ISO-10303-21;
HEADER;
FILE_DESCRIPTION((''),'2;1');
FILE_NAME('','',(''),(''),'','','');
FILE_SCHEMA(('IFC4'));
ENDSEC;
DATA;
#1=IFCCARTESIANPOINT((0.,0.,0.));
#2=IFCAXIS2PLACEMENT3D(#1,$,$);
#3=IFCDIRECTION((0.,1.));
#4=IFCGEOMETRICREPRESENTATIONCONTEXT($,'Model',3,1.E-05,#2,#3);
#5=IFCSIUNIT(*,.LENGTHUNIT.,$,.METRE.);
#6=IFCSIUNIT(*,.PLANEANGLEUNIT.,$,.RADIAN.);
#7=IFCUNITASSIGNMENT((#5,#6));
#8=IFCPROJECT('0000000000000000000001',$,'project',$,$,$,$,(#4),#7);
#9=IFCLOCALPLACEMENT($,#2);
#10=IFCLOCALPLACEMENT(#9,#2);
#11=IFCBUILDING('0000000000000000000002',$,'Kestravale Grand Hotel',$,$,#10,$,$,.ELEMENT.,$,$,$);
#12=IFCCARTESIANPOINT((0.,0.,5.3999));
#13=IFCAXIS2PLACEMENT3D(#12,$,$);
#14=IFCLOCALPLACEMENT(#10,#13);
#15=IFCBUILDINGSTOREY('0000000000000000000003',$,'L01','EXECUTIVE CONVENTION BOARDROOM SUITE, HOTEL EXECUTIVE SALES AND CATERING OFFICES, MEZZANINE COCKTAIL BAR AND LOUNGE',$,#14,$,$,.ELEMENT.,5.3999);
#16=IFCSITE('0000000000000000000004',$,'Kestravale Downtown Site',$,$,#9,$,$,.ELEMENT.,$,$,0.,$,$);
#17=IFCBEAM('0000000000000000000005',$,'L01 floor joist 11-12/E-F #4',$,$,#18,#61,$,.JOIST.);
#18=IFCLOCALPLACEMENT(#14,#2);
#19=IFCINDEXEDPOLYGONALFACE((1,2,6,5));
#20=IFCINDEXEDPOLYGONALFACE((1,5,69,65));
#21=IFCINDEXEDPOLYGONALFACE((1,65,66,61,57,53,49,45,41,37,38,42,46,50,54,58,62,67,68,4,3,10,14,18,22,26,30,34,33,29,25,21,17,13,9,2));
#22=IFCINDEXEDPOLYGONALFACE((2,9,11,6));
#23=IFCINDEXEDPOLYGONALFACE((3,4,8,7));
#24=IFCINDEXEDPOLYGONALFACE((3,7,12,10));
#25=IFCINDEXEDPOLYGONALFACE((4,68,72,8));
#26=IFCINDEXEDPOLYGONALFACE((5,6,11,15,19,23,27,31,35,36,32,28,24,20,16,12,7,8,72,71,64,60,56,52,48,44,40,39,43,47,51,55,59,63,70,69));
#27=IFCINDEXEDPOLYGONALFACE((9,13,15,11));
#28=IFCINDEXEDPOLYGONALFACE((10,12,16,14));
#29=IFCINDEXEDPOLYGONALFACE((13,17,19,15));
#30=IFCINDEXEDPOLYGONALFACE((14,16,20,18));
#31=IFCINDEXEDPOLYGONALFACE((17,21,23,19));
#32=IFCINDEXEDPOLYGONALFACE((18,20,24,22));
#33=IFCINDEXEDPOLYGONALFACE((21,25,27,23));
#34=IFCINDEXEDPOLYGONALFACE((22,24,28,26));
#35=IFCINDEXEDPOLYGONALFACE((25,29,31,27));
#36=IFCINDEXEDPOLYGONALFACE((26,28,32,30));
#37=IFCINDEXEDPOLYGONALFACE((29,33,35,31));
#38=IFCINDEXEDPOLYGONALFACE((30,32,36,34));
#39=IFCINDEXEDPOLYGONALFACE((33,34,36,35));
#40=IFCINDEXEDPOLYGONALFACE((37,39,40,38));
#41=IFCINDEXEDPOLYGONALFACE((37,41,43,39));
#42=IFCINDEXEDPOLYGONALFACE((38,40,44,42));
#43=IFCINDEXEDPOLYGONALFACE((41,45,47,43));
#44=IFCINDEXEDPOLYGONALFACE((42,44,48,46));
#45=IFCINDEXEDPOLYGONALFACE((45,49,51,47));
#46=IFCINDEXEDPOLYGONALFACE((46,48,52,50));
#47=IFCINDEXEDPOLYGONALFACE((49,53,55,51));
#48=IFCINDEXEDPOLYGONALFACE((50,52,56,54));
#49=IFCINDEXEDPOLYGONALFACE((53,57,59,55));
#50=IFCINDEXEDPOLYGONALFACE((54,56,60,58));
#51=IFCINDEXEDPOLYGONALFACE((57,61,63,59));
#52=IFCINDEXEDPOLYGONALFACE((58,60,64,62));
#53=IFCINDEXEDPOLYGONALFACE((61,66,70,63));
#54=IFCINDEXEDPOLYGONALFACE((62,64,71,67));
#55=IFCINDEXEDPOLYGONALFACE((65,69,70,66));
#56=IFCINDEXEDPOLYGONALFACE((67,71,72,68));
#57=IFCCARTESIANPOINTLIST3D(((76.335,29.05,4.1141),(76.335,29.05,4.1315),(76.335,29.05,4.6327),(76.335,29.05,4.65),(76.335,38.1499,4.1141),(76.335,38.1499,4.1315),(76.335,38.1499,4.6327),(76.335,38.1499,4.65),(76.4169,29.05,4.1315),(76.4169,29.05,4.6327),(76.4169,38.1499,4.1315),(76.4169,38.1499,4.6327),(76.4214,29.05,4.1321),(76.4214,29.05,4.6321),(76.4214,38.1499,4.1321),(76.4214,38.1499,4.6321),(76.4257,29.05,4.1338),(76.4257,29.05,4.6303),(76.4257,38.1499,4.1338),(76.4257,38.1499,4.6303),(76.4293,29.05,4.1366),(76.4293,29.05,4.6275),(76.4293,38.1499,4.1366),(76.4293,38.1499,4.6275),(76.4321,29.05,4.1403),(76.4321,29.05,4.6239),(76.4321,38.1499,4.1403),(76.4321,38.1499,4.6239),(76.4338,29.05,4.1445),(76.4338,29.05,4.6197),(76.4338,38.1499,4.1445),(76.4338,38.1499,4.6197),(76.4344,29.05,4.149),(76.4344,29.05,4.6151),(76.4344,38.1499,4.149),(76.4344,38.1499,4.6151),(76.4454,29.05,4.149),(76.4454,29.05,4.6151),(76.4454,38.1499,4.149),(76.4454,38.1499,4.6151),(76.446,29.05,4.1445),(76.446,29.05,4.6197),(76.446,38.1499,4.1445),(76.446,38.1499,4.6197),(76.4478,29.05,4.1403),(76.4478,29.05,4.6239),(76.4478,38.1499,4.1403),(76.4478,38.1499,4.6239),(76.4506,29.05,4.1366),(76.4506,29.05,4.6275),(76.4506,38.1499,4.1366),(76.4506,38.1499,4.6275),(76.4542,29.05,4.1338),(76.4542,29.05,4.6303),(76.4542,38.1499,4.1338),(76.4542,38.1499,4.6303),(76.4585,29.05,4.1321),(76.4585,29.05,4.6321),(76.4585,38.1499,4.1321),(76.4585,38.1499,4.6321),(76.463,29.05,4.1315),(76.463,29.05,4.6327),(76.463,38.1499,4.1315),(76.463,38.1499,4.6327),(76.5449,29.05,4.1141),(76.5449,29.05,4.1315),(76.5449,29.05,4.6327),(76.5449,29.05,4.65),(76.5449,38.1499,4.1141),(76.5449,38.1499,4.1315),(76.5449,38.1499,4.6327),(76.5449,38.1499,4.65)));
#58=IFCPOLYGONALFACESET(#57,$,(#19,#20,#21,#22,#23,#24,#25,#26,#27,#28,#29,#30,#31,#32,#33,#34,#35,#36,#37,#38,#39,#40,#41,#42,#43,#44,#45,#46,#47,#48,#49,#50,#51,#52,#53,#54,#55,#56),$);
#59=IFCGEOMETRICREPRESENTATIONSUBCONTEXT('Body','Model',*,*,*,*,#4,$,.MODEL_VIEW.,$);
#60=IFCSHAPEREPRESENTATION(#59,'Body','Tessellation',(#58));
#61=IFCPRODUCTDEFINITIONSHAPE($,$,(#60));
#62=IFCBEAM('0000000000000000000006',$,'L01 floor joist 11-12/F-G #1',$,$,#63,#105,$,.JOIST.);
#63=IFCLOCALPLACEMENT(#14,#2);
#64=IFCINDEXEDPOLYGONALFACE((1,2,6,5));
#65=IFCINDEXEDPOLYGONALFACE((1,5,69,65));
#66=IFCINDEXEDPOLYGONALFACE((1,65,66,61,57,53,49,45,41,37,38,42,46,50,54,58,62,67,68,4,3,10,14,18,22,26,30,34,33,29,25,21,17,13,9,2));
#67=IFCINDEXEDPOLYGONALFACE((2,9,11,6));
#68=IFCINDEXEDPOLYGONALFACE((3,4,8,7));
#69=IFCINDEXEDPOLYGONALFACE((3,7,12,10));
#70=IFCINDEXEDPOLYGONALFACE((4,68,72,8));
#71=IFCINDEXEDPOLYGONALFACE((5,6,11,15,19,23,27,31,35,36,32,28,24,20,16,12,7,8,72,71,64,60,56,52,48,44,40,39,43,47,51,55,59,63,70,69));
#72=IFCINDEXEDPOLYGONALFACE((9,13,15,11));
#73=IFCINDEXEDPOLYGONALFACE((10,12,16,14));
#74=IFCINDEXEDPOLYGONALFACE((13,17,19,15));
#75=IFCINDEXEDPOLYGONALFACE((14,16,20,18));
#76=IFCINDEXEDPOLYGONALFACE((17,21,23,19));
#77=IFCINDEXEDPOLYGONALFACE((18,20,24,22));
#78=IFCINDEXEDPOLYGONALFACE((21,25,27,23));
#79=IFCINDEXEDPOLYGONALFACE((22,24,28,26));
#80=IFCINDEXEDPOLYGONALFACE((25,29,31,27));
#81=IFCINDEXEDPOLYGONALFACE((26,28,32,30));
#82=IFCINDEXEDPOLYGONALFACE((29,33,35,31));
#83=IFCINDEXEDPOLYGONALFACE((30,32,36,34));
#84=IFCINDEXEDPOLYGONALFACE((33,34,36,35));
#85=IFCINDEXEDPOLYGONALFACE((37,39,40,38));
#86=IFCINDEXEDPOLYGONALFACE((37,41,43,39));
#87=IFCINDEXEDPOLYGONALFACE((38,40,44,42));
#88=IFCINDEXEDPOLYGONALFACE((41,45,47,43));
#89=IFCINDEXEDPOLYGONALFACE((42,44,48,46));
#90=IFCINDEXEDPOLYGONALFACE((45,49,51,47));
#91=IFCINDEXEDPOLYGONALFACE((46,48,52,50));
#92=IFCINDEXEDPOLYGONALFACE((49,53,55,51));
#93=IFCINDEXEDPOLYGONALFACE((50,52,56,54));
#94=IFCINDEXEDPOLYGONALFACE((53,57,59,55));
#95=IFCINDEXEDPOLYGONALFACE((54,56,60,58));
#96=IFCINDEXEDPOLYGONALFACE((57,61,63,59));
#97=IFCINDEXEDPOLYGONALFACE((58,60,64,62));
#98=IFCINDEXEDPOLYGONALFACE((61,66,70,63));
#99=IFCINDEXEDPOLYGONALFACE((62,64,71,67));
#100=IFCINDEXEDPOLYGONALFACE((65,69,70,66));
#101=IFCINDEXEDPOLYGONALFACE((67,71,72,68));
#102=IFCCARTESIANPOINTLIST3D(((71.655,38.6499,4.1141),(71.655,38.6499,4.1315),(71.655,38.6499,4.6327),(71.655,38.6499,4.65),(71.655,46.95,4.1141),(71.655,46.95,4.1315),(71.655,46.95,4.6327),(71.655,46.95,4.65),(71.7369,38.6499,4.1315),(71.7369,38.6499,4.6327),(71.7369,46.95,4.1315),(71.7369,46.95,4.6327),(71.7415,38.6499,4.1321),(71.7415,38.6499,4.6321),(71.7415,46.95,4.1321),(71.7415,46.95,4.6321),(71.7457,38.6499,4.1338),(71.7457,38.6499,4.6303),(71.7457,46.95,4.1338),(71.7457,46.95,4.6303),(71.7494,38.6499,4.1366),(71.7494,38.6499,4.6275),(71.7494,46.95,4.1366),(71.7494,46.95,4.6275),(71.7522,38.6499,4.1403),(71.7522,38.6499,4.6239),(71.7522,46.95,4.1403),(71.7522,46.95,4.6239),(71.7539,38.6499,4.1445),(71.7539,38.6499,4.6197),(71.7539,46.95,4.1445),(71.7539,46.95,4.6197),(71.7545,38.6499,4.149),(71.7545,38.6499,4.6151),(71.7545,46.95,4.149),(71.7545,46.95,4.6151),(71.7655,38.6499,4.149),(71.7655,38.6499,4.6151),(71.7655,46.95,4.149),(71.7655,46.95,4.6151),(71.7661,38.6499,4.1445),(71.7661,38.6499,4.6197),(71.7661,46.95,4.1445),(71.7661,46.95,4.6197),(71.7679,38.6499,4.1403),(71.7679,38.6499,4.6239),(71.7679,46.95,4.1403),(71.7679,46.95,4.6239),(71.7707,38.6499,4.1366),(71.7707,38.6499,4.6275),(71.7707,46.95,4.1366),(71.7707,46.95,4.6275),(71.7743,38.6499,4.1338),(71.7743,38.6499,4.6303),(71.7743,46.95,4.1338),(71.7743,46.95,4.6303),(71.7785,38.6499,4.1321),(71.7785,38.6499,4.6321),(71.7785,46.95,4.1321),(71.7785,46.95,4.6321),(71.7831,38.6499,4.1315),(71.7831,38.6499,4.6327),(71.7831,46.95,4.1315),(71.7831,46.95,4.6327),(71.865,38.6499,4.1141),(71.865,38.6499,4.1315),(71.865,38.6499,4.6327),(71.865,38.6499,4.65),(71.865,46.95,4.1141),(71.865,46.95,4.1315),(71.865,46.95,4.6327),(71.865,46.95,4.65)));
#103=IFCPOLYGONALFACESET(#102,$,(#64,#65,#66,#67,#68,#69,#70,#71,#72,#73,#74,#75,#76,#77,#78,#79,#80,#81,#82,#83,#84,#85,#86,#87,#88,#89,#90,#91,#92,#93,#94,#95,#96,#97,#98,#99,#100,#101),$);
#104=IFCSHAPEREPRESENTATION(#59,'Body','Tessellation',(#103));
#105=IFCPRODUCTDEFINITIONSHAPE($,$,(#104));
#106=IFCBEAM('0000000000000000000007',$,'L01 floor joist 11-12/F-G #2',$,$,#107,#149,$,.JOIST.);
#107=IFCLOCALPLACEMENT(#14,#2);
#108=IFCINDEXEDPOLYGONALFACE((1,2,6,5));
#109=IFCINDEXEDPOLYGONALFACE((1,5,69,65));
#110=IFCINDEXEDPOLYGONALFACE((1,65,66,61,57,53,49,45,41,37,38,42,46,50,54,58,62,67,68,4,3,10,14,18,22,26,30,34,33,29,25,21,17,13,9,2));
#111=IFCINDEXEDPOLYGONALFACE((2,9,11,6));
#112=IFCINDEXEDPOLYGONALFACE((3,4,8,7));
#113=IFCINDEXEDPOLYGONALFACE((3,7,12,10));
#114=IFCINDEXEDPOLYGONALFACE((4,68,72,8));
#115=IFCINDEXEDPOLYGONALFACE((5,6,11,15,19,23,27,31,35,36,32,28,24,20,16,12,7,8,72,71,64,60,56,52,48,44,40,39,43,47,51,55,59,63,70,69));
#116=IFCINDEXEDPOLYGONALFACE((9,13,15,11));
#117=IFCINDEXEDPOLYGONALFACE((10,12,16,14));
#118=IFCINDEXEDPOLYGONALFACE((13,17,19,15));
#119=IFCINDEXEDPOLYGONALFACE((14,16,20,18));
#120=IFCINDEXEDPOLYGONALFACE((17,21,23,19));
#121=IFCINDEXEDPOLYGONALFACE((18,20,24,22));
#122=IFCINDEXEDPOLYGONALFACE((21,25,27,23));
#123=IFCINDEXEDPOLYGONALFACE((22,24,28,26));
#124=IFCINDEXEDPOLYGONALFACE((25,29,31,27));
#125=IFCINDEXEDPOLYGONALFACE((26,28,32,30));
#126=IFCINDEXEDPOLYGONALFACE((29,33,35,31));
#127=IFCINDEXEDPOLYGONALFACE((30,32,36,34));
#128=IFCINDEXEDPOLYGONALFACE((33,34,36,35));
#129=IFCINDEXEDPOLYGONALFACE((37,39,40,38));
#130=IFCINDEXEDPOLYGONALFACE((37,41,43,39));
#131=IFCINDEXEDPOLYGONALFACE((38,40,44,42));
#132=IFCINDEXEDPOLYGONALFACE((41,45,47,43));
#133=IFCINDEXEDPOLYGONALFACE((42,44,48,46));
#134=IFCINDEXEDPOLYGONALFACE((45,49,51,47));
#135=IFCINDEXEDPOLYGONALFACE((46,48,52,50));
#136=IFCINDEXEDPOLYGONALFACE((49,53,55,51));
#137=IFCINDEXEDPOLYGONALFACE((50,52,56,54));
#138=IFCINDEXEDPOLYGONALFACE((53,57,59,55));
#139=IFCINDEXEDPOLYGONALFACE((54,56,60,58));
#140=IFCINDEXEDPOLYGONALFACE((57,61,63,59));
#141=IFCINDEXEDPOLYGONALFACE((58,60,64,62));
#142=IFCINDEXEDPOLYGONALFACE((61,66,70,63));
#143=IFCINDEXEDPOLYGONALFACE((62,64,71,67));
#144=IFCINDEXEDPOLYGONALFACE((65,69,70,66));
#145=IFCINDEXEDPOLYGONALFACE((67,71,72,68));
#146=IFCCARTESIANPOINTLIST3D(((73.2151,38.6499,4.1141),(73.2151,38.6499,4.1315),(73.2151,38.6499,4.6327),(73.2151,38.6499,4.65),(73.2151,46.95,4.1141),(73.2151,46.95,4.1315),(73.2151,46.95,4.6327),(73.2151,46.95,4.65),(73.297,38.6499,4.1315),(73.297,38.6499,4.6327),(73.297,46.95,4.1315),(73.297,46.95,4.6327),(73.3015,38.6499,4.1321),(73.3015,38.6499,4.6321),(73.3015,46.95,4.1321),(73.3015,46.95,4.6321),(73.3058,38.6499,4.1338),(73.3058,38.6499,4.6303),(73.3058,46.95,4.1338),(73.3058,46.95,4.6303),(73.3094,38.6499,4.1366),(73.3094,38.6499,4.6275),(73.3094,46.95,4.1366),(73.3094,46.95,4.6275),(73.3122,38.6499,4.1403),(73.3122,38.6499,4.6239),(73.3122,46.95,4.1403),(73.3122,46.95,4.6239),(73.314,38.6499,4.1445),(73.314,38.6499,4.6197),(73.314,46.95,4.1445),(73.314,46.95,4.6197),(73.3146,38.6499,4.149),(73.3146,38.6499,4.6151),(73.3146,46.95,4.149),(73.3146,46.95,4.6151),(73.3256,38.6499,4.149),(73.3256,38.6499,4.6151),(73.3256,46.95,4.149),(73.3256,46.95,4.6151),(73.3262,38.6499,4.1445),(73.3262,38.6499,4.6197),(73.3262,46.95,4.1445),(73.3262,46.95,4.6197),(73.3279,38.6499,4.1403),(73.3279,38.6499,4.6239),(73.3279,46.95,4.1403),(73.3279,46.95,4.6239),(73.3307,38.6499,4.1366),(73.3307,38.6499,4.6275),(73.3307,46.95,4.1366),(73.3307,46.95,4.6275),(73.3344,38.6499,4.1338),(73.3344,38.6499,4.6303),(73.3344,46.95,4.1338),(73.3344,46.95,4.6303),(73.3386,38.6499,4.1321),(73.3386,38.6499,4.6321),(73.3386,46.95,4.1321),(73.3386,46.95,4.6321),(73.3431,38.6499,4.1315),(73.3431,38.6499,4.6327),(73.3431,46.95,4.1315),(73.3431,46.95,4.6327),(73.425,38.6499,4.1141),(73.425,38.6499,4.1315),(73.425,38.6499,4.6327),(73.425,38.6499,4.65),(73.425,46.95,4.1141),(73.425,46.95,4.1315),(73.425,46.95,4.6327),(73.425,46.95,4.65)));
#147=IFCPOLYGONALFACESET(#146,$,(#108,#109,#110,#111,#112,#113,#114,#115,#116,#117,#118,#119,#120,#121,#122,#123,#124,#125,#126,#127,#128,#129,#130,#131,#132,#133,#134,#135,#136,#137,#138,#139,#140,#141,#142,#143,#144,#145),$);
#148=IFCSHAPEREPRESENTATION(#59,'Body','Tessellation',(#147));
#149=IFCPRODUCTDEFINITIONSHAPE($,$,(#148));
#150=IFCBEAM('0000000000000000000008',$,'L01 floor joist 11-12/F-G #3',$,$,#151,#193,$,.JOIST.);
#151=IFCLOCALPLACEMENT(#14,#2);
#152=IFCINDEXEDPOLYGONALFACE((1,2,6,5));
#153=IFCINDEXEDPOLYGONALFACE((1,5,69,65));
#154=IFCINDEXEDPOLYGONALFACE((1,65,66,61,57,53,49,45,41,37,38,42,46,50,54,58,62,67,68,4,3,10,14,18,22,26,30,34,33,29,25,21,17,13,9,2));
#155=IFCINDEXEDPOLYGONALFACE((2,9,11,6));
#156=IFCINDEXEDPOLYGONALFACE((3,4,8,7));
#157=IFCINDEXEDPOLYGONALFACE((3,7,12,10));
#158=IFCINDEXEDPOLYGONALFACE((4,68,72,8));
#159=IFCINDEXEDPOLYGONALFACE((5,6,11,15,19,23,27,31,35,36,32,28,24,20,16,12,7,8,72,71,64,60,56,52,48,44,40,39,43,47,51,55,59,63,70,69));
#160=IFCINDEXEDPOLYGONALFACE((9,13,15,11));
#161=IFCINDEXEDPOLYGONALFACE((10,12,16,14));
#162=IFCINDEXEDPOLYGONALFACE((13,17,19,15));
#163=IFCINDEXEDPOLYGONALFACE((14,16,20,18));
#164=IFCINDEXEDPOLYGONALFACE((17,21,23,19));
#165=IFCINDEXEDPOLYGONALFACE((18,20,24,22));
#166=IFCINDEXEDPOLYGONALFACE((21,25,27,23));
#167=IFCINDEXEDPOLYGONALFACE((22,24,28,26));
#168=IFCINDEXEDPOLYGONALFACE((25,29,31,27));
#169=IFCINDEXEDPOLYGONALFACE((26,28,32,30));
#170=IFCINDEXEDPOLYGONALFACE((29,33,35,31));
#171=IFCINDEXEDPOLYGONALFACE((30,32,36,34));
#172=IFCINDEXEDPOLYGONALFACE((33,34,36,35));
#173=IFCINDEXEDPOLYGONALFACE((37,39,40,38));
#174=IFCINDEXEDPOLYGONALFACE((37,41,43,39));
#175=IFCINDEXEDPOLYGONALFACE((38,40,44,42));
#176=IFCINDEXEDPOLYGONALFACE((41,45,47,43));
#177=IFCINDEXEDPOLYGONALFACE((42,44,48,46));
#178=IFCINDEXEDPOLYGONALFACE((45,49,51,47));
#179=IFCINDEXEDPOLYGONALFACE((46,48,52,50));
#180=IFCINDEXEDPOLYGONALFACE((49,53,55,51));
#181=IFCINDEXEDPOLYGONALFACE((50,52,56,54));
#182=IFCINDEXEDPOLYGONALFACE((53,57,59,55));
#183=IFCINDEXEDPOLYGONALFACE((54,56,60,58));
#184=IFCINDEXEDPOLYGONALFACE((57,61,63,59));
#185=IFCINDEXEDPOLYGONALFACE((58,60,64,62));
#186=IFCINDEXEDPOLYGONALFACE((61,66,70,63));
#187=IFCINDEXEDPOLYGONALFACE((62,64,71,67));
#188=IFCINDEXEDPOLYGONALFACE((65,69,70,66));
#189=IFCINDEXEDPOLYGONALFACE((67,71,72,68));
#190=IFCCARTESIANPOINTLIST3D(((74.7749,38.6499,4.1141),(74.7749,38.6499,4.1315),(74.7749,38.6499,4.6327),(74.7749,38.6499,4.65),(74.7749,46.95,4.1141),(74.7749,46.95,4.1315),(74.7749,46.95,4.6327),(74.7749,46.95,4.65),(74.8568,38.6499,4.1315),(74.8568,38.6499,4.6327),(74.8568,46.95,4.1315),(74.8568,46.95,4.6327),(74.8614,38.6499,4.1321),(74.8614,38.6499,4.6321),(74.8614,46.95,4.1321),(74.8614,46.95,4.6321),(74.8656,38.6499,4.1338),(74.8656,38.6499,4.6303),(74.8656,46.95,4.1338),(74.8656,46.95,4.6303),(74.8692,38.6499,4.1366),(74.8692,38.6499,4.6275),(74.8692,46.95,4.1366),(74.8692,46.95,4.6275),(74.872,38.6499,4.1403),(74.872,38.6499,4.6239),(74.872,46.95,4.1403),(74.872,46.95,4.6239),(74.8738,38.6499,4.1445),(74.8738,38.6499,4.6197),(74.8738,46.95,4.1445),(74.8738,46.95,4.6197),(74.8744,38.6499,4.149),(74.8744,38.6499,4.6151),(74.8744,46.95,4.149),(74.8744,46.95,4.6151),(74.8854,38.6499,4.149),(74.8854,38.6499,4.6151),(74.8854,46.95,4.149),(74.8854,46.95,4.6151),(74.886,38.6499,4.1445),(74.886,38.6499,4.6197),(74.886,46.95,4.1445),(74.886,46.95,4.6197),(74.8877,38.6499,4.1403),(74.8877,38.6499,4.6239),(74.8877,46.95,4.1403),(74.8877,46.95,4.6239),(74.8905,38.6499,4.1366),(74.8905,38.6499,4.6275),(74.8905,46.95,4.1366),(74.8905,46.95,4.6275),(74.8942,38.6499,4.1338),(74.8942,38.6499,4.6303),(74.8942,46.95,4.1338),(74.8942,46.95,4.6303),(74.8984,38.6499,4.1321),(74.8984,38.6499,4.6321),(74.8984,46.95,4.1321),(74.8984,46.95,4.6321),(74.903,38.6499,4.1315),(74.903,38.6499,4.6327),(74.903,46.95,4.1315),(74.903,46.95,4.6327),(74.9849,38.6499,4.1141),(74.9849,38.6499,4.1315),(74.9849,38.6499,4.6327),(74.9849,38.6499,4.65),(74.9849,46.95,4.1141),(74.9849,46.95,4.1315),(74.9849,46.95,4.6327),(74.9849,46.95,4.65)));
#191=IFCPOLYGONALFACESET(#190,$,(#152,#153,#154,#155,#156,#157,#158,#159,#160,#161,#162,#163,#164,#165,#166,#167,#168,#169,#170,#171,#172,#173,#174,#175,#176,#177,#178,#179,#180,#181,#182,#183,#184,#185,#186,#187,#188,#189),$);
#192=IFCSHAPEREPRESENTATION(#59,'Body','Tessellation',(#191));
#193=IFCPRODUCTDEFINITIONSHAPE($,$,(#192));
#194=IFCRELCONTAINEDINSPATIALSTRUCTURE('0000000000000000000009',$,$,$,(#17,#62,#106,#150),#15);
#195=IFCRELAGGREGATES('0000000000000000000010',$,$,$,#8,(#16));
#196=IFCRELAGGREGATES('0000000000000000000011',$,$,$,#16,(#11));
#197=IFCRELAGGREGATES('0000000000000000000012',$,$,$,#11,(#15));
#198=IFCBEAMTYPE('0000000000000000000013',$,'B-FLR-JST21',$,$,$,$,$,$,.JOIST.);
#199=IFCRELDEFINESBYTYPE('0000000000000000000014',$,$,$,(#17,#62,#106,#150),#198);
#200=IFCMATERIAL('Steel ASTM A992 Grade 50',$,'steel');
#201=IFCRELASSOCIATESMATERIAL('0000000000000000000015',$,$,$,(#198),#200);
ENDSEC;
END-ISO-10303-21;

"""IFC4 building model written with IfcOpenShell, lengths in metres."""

from ifc_helpers import new_model, si_unit, direction, frame, origin, origin_2d, place, context, subcontext, project, spatial, i_section, extrude, material, material_profile, profile_set, type_object, element, save


model = new_model("IFC4")

# Units and contexts
model_context = context("Model", 3, precision=1e-05, world=origin(), true_north=direction((0.0, 1.0)))
body_context = subcontext(model_context, "Body", "Model", "MODEL_VIEW")
ifc_project = project(units=[si_unit("LENGTHUNIT", "METRE"), si_unit("PLANEANGLEUNIT", "RADIAN")], contexts=[model_context])

# Site, building, storey
site_placement = place(None, origin())
site = spatial("IfcSite", under=ifc_project, at=site_placement, Name="Kestravale Downtown Site", CompositionType="ELEMENT", RefElevation=0.0)
building_placement = place(site_placement, origin())
building = spatial("IfcBuilding", under=site, at=building_placement, Name="Kestravale Grand Hotel", CompositionType="ELEMENT")
storey_placement = place(building_placement, frame((0.0, 0.0, 5.3999)))
storey = spatial("IfcBuildingStorey", under=building, at=storey_placement, Name="L01", Description="EXECUTIVE CONVENTION BOARDROOM SUITE, HOTEL EXECUTIVE SALES AND CATERING OFFICES, MEZZANINE COCKTAIL BAR AND LOUNGE", CompositionType="ELEMENT", Elevation=5.3999)

# Beams
ifc_material_1 = material(Name="Steel ASTM A992 Grade 50", Category="steel")
ifc_material_profile_1 = material_profile(ifc_material_1, i_section(OverallWidth=0.21, OverallDepth=0.5359, WebThickness=0.011, FlangeThickness=0.0173, FilletRadius=0.0176, at=origin_2d()))
ifc_profile_set_1 = profile_set([ifc_material_profile_1], Name="Steel ASTM A992 Grade 50")
beam_type_1 = type_object("IfcBeamType", Name="B-FLR-JST21", PredefinedType="JOIST", material=ifc_profile_set_1)
for number, where, z_axis, x_axis, name in (
    (1, (76.4399, 29.05, 4.3821), (0.0, 1.0, 0.0), (-1.0, 0.0, 0.0), "L01 floor joist 11-12/E-F #4"),
):
    element("IfcBeam", number, at=place(storey_placement, frame(where, z_axis=z_axis, x_axis=x_axis)), inside=storey, type_object=beam_type_1, Name=name, PredefinedType="JOIST", context=body_context, shape_type="SweptSolid", body=[
        extrude(i_section(OverallWidth=0.21, OverallDepth=0.5359, WebThickness=0.011, FlangeThickness=0.0173, FilletRadius=0.0176, at=origin_2d()), origin(), (0.0, 0.0, 1.0), 9.0999),
    ])
for number, where, z_axis, x_axis, name in (
    (2, (71.76, 38.6499, 4.3821), (0.0, 1.0, 0.0), (-1.0, 0.0, 0.0), "L01 floor joist 11-12/F-G #1"),
    (3, (73.3201, 38.6499, 4.3821), (0.0, 1.0, 0.0), (-1.0, 0.0, 0.0), "L01 floor joist 11-12/F-G #2"),
    (4, (74.8799, 38.6499, 4.3821), (0.0, 1.0, 0.0), (-1.0, 0.0, 0.0), "L01 floor joist 11-12/F-G #3"),
):
    element("IfcBeam", number, at=place(storey_placement, frame(where, z_axis=z_axis, x_axis=x_axis)), inside=storey, type_object=beam_type_1, Name=name, PredefinedType="JOIST", context=body_context, shape_type="SweptSolid", body=[
        extrude(i_section(OverallWidth=0.21, OverallDepth=0.5359, WebThickness=0.011, FlangeThickness=0.0173, FilletRadius=0.0176, at=origin_2d()), origin(), (0.0, 0.0, 1.0), 8.3),
    ])

save(model, "model.ifc")
